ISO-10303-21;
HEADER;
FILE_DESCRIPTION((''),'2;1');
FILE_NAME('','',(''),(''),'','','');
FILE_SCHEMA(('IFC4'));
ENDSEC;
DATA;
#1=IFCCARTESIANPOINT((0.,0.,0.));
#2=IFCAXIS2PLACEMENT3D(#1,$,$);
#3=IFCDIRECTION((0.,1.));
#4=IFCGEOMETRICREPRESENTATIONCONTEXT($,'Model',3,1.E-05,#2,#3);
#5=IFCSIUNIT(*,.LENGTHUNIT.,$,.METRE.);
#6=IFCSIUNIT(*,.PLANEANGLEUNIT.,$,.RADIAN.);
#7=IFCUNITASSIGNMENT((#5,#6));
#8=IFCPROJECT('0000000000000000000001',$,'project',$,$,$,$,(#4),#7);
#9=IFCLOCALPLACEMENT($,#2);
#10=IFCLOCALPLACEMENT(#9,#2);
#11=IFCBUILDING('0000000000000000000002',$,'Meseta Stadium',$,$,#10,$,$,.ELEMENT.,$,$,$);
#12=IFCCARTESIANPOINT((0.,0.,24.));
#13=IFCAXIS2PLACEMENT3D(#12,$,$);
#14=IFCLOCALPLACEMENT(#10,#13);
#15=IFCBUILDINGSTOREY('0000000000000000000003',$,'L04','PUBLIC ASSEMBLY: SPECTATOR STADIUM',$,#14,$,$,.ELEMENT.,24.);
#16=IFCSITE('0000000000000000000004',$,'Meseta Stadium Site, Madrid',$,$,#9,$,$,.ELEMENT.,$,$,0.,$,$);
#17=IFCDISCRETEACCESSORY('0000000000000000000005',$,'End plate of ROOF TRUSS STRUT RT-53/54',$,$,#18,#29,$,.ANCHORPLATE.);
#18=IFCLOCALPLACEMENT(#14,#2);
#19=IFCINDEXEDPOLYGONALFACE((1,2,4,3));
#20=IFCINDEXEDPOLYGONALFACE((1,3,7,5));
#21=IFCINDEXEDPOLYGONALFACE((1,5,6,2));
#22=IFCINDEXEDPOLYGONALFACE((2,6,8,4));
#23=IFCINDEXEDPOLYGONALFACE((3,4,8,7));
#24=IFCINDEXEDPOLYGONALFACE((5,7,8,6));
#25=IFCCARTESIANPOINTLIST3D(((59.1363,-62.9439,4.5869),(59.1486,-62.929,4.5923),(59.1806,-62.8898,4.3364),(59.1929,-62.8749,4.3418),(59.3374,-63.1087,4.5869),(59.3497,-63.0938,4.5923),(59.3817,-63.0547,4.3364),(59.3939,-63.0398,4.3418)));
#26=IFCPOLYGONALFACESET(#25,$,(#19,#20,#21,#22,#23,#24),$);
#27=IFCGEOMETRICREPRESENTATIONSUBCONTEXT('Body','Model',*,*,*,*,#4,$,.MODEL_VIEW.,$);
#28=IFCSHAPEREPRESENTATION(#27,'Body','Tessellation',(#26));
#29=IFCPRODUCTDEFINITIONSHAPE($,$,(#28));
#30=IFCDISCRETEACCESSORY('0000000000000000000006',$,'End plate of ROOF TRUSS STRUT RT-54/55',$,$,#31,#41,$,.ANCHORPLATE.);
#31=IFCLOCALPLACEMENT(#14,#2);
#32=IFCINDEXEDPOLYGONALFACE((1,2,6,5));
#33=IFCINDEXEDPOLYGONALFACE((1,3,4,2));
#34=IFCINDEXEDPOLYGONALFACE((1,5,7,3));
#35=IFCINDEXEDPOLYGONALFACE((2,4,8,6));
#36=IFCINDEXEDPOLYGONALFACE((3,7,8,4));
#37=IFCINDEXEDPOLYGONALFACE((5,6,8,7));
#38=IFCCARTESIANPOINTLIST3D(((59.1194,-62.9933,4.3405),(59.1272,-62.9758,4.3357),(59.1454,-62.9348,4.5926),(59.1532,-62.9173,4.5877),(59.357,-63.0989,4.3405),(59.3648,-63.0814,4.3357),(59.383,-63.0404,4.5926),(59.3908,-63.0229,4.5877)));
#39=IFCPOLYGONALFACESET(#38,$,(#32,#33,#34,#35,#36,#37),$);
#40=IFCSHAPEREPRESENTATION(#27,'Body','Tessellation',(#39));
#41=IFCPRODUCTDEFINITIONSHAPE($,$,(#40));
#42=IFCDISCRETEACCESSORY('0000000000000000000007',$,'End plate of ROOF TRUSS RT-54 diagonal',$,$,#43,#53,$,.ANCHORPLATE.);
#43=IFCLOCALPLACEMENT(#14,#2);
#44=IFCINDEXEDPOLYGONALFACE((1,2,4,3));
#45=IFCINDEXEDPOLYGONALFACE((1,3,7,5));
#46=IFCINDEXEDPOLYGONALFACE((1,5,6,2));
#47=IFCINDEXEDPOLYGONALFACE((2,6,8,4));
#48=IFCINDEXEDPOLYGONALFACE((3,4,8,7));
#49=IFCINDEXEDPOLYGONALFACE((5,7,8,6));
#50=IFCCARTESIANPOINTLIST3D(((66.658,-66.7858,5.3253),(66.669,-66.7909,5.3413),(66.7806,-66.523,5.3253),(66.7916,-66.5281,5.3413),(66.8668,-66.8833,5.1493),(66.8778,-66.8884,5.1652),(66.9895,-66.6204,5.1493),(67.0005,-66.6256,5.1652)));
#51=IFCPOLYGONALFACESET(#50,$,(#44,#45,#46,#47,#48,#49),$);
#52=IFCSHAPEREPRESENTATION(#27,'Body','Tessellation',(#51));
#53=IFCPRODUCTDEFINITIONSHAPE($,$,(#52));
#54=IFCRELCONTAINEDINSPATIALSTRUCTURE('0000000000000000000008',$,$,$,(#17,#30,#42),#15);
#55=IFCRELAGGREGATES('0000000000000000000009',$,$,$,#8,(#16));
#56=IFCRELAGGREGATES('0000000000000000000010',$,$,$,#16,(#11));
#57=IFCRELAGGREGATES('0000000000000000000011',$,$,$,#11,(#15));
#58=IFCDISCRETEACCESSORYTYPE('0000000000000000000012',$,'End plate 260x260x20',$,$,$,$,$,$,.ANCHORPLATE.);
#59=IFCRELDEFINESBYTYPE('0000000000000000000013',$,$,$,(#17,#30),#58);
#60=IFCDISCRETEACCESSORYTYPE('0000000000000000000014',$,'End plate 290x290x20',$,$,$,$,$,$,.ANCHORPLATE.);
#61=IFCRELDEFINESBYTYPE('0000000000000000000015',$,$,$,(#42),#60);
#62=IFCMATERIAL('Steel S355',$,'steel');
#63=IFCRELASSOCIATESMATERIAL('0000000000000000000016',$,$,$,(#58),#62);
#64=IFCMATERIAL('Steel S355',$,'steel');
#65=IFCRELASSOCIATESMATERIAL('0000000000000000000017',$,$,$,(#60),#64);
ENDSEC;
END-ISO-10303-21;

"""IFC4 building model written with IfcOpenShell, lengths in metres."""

from ifc_helpers import new_model, si_unit, direction, frame, origin, origin_2d, place, context, subcontext, project, spatial, rectangle, extrude, material, material_profile, profile_set, type_object, element, save


model = new_model("IFC4")

# Units and contexts
model_context = context("Model", 3, precision=1e-05, world=origin(), true_north=direction((0.0, 1.0)))
body_context = subcontext(model_context, "Body", "Model", "MODEL_VIEW")
ifc_project = project(units=[si_unit("LENGTHUNIT", "METRE"), si_unit("PLANEANGLEUNIT", "RADIAN")], contexts=[model_context])

# Site, building, storey
site_placement = place(None, origin())
site = spatial("IfcSite", under=ifc_project, at=site_placement, Name="Meseta Stadium Site, Madrid", CompositionType="ELEMENT", RefElevation=0.0)
building_placement = place(site_placement, origin())
building = spatial("IfcBuilding", under=site, at=building_placement, Name="Meseta Stadium", CompositionType="ELEMENT")
storey_placement = place(building_placement, frame((0.0, 0.0, 24.0)))
storey = spatial("IfcBuildingStorey", under=building, at=storey_placement, Name="L04", Description="PUBLIC ASSEMBLY: SPECTATOR STADIUM", CompositionType="ELEMENT", Elevation=24.0)

# Discrete accessories
ifc_material_1 = material(Name="Steel S355", Category="steel")
ifc_material_profile_1 = material_profile(ifc_material_1, rectangle(XDim=0.26, YDim=0.26, at=origin_2d()), Name="PL 260x260")
ifc_profile_set_1 = profile_set([ifc_material_profile_1], Name="Steel S355")
discrete_accessory_type_1 = type_object("IfcDiscreteAccessoryType", Name="End plate 260x260x20", PredefinedType="ANCHORPLATE", material=ifc_profile_set_1)
for number, where, z_axis, x_axis, name in (
    (1, (59.259, -62.9993, 4.4617), (0.610619, 0.744956, 0.268673), (-0.773392, 0.633928, 0.0), "End plate of ROOF TRUSS STRUT RT-53/54"),
):
    element("IfcDiscreteAccessory", number, at=place(storey_placement, frame(where, z_axis=z_axis, x_axis=x_axis)), inside=storey, type_object=discrete_accessory_type_1, Name=name, PredefinedType="ANCHORPLATE", context=body_context, shape_type="SweptSolid", body=[
        extrude(rectangle(XDim=0.26, YDim=0.26, at=origin_2d()), origin(), (0.0, 0.0, 1.0), 0.02),
    ])
discrete_accessory_1_placement = place(storey_placement, frame((59.2512, -63.0168, 4.4666), z_axis=(0.393654, 0.885722, -0.246034), x_axis=(-0.913812, 0.406138, 0.0)))
element("IfcDiscreteAccessory", 2, at=discrete_accessory_1_placement, inside=storey, type_object=discrete_accessory_type_1, Name="End plate of ROOF TRUSS STRUT RT-54/55", PredefinedType="ANCHORPLATE", context=body_context, shape_type="SweptSolid", body=[
    extrude(rectangle(XDim=0.26, YDim=0.26, at=origin_2d()), origin(), (0.0, 0.0, 1.0), 0.0198),
])
ifc_material_2 = material(Name="Steel S355", Category="steel")
ifc_material_profile_2 = material_profile(ifc_material_2, rectangle(XDim=0.29, YDim=0.29, at=origin_2d()), Name="PL 290x290")
ifc_profile_set_2 = profile_set([ifc_material_profile_2], Name="Steel S355")
discrete_accessory_type_2 = type_object("IfcDiscreteAccessoryType", Name="End plate 290x290x20", PredefinedType="ANCHORPLATE", material=ifc_profile_set_2)
discrete_accessory_2_placement = place(storey_placement, frame((66.8237, -66.7031, 5.2373), z_axis=(0.550132, -0.256728, 0.794635), x_axis=(0.422885, 0.906183, 0.0)))
element("IfcDiscreteAccessory", 3, at=discrete_accessory_2_placement, inside=storey, type_object=discrete_accessory_type_2, Name="End plate of ROOF TRUSS RT-54 diagonal", PredefinedType="ANCHORPLATE", context=body_context, shape_type="SweptSolid", body=[
    extrude(rectangle(XDim=0.29, YDim=0.29, at=origin_2d()), origin(), (0.0, 0.0, 1.0), 0.02),
])

save(model, "model.ifc")
